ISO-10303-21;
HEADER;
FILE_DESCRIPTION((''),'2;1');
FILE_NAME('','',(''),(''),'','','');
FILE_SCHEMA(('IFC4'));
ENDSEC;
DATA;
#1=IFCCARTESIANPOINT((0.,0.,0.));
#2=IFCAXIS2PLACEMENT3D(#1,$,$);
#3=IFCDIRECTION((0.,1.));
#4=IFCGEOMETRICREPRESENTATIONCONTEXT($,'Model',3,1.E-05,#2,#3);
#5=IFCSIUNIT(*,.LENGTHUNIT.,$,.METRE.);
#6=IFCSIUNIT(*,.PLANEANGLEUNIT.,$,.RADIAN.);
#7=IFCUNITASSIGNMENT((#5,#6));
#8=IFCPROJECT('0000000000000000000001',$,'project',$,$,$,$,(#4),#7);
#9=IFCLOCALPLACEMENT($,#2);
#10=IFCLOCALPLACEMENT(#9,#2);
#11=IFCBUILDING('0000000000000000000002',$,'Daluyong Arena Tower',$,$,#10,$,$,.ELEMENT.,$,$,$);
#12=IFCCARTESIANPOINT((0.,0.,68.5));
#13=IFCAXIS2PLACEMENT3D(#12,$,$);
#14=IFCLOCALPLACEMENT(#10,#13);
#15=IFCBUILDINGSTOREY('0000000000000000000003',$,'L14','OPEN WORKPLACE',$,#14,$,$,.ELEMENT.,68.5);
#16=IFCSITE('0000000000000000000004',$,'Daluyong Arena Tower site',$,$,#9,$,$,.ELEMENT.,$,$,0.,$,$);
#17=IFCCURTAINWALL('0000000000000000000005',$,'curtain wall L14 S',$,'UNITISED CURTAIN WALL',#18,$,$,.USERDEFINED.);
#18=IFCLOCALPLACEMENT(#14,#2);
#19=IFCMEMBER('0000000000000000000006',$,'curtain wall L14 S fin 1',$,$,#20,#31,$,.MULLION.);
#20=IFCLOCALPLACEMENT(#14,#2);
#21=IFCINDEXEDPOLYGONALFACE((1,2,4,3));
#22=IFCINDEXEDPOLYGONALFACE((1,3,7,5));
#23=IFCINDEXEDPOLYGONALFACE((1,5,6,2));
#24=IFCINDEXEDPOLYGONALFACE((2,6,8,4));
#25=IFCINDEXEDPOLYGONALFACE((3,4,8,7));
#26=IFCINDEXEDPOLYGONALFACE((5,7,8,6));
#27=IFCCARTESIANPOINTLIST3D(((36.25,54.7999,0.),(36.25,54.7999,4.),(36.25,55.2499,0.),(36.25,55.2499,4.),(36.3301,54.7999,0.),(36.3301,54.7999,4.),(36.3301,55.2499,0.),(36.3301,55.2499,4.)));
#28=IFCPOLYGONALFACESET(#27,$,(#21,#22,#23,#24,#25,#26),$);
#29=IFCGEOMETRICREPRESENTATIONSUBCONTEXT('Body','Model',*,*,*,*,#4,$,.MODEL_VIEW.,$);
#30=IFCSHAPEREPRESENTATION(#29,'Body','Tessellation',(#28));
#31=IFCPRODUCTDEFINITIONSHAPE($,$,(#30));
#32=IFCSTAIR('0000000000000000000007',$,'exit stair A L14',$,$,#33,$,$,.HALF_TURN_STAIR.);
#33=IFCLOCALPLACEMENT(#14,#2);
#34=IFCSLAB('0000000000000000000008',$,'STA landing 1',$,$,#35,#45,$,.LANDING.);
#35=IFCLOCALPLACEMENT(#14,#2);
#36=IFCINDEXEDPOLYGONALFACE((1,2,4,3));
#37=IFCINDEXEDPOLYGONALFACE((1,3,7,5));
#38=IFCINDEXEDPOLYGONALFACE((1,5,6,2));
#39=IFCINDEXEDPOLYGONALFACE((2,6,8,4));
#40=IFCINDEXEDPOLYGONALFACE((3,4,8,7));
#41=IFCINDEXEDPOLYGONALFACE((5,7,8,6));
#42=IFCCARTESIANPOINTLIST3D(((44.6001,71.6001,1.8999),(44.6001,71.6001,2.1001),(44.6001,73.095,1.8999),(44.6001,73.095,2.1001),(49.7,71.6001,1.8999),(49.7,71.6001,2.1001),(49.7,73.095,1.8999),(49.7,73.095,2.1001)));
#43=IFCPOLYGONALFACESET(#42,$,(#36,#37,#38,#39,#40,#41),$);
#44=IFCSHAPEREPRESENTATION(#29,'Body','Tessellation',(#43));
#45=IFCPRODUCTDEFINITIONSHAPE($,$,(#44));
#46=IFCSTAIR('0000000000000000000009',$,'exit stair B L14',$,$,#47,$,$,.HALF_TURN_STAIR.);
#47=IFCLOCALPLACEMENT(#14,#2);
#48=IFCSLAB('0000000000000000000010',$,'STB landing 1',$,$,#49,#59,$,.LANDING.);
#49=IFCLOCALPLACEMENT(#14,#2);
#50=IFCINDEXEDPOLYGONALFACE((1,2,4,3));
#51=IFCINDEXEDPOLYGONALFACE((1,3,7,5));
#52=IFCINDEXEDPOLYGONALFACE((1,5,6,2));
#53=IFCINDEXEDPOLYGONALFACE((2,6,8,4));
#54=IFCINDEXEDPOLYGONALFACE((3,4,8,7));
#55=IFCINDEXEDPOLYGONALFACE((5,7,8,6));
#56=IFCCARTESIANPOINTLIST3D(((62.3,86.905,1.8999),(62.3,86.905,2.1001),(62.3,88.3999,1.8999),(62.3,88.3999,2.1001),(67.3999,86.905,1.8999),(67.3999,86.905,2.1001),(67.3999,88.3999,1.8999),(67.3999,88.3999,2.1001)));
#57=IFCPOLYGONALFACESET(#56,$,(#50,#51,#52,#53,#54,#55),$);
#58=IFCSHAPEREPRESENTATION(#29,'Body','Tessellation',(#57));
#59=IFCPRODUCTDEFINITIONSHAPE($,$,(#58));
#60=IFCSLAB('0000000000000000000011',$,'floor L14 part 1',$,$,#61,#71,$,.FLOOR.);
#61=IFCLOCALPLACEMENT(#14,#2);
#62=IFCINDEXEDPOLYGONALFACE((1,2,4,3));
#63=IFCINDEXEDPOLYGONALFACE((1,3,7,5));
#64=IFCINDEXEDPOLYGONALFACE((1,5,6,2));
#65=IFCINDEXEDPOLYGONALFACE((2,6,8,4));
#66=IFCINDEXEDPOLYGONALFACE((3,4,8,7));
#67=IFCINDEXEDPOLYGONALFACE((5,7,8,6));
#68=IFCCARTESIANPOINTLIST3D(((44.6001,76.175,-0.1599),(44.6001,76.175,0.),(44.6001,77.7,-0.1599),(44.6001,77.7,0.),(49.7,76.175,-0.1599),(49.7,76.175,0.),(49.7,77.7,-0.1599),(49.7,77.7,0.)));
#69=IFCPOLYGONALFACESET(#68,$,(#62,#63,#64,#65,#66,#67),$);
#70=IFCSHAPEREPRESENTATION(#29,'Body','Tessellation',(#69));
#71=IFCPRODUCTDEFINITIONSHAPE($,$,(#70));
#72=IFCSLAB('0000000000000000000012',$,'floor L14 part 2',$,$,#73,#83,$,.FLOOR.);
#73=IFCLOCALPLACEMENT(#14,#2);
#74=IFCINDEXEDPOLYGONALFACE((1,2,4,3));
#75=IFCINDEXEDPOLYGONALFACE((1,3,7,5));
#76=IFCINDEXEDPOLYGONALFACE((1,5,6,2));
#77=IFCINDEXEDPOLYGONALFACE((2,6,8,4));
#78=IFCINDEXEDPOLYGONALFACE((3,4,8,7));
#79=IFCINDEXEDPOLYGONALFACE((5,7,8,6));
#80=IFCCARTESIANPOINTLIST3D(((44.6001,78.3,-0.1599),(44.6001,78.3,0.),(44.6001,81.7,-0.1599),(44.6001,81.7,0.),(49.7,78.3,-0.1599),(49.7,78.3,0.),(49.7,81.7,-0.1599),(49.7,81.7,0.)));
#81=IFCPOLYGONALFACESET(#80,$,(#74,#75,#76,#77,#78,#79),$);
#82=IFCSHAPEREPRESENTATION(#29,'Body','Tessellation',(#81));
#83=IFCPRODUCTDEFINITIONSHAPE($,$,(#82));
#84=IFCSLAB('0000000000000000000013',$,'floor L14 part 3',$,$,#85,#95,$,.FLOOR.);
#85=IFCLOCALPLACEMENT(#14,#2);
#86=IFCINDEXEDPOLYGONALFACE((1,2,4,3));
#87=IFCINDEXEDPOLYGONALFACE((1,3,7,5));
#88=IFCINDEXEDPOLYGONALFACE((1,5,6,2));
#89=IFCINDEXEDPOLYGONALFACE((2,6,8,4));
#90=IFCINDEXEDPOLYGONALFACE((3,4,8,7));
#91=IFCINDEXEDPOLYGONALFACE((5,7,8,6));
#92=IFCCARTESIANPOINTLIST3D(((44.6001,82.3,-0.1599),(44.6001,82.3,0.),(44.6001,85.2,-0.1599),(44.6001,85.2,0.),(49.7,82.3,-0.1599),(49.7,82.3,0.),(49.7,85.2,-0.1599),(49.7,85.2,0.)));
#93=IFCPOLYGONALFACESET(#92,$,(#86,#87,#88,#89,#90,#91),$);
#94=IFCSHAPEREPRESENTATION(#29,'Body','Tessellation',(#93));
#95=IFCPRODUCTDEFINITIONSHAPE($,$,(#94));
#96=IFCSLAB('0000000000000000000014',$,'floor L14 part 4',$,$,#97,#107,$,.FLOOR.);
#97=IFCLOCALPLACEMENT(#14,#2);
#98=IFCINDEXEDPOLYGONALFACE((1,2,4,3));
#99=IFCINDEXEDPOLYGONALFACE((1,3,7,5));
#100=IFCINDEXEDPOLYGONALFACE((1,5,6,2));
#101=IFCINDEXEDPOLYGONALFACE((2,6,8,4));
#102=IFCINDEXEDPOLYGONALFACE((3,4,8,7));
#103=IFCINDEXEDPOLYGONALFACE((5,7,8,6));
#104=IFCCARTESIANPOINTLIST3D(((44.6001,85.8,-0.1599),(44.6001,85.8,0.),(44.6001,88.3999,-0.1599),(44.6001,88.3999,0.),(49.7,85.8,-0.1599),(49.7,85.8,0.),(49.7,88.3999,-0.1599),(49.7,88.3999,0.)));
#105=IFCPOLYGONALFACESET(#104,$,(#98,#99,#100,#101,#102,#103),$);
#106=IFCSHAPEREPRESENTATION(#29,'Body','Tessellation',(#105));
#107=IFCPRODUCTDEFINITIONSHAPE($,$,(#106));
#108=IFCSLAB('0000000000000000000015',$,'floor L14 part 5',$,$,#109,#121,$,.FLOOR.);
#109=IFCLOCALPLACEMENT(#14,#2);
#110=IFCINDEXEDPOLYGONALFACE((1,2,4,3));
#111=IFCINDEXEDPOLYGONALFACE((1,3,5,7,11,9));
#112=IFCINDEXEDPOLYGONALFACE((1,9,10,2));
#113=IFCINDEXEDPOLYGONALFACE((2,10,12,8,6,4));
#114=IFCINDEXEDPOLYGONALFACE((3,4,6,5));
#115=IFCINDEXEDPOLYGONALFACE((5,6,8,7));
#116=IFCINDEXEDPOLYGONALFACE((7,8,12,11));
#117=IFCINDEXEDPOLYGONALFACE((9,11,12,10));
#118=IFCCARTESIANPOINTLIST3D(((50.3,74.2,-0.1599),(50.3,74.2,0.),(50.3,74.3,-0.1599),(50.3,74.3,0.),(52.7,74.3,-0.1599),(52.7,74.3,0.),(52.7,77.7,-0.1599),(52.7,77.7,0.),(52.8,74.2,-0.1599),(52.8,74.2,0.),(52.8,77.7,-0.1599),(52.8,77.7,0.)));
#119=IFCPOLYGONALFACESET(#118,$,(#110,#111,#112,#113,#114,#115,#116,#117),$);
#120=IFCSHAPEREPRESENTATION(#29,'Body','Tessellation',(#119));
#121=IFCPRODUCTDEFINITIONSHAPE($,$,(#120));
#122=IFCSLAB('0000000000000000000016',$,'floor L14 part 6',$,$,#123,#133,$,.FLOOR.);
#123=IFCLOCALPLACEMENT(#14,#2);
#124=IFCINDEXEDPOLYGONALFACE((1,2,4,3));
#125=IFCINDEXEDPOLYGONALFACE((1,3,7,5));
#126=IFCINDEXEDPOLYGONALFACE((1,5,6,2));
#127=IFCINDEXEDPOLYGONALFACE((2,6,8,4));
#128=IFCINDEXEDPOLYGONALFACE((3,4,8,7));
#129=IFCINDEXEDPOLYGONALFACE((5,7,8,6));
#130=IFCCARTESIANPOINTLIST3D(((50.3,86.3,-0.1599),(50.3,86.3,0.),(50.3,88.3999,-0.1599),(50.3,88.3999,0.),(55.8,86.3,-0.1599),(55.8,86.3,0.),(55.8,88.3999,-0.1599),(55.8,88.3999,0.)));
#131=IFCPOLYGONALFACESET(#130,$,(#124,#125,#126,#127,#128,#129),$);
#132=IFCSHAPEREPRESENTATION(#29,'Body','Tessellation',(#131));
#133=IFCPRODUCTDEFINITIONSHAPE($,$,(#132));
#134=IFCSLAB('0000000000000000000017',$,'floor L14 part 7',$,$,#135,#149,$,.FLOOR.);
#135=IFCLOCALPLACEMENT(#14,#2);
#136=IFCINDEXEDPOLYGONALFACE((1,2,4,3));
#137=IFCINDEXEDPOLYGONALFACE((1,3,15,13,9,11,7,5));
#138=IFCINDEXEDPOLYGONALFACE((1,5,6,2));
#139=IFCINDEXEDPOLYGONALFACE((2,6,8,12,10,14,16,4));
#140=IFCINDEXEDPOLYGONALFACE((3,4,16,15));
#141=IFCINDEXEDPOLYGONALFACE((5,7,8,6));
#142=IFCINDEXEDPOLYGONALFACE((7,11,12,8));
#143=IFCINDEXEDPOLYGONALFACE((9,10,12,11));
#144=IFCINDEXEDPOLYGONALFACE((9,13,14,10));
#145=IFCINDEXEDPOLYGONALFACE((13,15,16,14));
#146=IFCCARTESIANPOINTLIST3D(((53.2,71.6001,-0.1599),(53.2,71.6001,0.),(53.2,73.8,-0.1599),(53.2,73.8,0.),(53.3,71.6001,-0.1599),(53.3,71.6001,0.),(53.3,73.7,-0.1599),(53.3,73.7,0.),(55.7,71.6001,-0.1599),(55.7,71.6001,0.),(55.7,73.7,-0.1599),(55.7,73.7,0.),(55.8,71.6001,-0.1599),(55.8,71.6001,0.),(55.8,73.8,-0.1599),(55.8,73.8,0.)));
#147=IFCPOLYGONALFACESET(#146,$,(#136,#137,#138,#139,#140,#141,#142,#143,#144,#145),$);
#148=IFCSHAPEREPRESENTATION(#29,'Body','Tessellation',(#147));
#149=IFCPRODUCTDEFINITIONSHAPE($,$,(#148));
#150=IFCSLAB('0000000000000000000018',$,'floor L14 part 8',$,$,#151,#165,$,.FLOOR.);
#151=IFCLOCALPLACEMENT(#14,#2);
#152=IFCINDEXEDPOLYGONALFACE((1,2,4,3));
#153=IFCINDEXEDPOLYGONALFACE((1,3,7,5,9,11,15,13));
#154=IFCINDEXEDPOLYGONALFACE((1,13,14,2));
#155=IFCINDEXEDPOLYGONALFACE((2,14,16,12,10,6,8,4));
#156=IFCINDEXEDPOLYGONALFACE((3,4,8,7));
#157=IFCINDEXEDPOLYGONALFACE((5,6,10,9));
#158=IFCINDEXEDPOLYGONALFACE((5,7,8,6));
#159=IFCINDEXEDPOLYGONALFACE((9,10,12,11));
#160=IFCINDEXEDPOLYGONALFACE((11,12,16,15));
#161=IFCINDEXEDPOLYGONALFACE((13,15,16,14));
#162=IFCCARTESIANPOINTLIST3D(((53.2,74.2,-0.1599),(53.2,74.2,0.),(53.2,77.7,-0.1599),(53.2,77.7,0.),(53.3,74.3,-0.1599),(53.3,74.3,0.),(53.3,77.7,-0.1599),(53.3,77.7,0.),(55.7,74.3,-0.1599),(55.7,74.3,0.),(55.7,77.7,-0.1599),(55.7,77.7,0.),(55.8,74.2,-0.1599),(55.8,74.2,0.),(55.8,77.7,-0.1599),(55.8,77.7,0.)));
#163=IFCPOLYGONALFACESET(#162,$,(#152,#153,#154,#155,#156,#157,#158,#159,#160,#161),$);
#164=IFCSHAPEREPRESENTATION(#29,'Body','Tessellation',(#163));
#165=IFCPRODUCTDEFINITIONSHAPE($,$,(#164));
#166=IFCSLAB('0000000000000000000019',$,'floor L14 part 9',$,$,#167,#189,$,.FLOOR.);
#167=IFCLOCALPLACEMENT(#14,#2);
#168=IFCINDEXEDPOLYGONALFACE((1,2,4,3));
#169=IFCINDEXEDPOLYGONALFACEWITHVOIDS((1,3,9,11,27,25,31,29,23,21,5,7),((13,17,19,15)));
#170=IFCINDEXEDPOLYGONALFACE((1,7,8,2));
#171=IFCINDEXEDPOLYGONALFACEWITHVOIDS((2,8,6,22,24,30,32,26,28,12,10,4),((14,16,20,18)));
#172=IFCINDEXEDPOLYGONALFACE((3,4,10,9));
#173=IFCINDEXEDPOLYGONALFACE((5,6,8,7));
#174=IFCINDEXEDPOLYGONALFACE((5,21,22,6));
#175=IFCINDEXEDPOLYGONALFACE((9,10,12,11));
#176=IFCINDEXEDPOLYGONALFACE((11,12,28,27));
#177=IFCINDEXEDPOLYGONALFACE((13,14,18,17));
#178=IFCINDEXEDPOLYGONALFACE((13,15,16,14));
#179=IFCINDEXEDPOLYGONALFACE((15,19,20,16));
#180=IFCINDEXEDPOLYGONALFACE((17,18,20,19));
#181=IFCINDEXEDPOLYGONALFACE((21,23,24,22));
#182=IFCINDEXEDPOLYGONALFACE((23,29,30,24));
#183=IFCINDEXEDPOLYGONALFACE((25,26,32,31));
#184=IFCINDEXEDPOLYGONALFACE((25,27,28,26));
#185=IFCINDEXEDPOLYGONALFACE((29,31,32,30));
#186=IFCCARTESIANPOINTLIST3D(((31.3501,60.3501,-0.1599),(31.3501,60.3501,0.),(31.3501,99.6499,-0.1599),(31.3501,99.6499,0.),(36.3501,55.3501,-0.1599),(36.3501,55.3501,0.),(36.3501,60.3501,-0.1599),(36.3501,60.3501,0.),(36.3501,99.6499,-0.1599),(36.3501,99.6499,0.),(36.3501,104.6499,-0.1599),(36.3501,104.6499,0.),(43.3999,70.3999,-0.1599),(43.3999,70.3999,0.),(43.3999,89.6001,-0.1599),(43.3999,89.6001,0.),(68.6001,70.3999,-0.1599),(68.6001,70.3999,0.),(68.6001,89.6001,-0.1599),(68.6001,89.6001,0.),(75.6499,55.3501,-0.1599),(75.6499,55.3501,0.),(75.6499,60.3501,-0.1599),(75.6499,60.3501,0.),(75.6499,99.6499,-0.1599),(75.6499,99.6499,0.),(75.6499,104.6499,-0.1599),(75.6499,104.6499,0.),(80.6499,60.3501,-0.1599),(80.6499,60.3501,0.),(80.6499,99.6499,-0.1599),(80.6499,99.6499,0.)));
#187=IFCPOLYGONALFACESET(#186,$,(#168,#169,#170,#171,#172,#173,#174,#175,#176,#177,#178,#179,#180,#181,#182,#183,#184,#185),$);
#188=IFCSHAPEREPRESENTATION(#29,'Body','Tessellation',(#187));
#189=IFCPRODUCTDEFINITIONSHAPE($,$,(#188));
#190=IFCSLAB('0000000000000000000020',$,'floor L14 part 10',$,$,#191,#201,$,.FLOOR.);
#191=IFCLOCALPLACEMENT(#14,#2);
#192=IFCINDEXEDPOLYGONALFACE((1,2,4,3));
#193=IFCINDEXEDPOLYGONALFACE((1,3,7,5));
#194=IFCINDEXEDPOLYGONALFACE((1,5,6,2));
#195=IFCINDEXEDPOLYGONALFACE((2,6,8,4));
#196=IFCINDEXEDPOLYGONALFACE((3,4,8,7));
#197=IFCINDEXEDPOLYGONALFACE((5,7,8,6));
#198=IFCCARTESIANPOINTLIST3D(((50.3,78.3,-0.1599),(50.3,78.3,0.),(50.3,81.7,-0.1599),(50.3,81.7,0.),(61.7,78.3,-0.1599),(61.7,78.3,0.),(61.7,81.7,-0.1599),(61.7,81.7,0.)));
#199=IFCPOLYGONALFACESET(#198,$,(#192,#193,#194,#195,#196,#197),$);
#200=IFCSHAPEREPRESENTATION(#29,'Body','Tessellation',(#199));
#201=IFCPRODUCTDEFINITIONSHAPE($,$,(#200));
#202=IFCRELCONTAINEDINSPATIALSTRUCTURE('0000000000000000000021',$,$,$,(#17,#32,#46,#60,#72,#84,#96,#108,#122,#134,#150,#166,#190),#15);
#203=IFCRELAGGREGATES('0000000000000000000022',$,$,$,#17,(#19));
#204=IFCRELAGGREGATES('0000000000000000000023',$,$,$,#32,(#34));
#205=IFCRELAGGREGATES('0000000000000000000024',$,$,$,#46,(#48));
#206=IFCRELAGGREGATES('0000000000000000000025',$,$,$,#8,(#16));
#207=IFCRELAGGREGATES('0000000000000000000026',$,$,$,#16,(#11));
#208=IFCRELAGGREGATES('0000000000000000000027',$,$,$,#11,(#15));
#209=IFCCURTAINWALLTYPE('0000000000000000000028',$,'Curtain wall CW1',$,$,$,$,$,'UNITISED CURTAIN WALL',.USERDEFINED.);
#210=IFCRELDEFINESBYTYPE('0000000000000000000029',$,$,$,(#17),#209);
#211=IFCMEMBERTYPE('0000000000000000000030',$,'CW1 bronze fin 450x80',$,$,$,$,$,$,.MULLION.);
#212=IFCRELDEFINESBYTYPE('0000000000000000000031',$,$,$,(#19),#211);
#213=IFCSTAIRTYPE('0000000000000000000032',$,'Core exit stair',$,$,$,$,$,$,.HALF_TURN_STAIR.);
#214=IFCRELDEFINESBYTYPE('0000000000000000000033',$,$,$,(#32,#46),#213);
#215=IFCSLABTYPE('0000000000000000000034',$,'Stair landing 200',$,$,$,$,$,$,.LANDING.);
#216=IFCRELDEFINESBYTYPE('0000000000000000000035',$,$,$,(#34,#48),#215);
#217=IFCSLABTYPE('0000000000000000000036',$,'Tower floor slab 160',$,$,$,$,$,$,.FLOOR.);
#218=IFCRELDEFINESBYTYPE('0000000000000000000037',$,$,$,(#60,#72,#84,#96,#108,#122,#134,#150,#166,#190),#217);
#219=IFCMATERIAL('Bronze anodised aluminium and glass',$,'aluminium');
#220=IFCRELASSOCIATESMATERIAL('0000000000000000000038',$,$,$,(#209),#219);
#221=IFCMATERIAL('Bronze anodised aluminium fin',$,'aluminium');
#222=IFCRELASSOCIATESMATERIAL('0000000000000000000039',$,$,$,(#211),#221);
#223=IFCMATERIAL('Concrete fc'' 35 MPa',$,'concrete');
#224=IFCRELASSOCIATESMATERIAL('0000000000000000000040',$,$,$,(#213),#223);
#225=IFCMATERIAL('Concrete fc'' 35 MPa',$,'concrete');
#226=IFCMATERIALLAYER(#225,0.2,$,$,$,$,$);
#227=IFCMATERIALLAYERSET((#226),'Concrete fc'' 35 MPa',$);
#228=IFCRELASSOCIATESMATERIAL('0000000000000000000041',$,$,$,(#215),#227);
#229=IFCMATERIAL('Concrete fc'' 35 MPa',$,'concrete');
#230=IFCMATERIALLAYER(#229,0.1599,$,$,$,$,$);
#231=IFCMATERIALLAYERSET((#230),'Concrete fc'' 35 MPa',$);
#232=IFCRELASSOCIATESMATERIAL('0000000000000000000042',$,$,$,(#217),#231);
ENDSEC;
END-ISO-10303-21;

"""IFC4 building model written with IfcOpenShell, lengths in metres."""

from ifc_helpers import new_model, si_unit, direction, frame, origin, origin_2d, place, context, subcontext, project, spatial, polyline, rectangle, outline, extrude, material, layer, layer_set, material_profile, profile_set, type_object, element, aggregate, save


model = new_model("IFC4")

# Units and contexts
model_context = context("Model", 3, precision=1e-05, world=origin(), true_north=direction((0.0, 1.0)))
body_context = subcontext(model_context, "Body", "Model", "MODEL_VIEW")
ifc_project = project(units=[si_unit("LENGTHUNIT", "METRE"), si_unit("PLANEANGLEUNIT", "RADIAN")], contexts=[model_context])

# Site, building, storey
site_placement = place(None, origin())
site = spatial("IfcSite", under=ifc_project, at=site_placement, Name="Daluyong Arena Tower site", CompositionType="ELEMENT", RefElevation=0.0)
building_placement = place(site_placement, origin())
building = spatial("IfcBuilding", under=site, at=building_placement, Name="Daluyong Arena Tower", CompositionType="ELEMENT")
storey_placement = place(building_placement, frame((0.0, 0.0, 68.5)))
storey = spatial("IfcBuildingStorey", under=building, at=storey_placement, Name="L14", Description="OPEN WORKPLACE", CompositionType="ELEMENT", Elevation=68.5)

# Curtain wall, member
ifc_material_1 = material(Name="Bronze anodised aluminium and glass", Category="aluminium")
curtain_wall_type = type_object("IfcCurtainWallType", Name="Curtain wall CW1", ElementType="UNITISED CURTAIN WALL", PredefinedType="USERDEFINED", material=ifc_material_1)
curtain_wall_placement = place(storey_placement, origin())
curtain_wall = element("IfcCurtainWall", 1, at=curtain_wall_placement, inside=storey, type_object=curtain_wall_type, Name="curtain wall L14 S", ObjectType="UNITISED CURTAIN WALL", PredefinedType="USERDEFINED")
ifc_material_2 = material(Name="Bronze anodised aluminium fin", Category="aluminium")
ifc_material_profile = material_profile(ifc_material_2, rectangle(XDim=0.45, YDim=0.0801, at=origin_2d()))
ifc_profile_set = profile_set([ifc_material_profile], Name="Bronze anodised aluminium fin")
member_type = type_object("IfcMemberType", Name="CW1 bronze fin 450x80", PredefinedType="MULLION", material=ifc_profile_set)
member_placement = place(storey_placement, frame((36.29, 55.0249, 0.0), z_axis=(0.0, 0.0, 1.0), x_axis=(0.0, 1.0, 0.0)))
member = element("IfcMember", 2, at=member_placement, type_object=member_type, Name="curtain wall L14 S fin 1", PredefinedType="MULLION", context=body_context, shape_type="SweptSolid", body=[
    extrude(rectangle(XDim=0.45, YDim=0.0801, at=origin_2d()), origin(), (0.0, 0.0, 1.0), 4.0),
])
aggregate(curtain_wall, [member])

# Stairs, slabs
ifc_material_3 = material(Name="Concrete fc' 35 MPa", Category="concrete")
stair_type = type_object("IfcStairType", Name="Core exit stair", PredefinedType="HALF_TURN_STAIR", material=ifc_material_3)
stair_1_placement = place(storey_placement, origin())
stair_1 = element("IfcStair", 3, at=stair_1_placement, inside=storey, type_object=stair_type, Name="exit stair A L14", PredefinedType="HALF_TURN_STAIR")
ifc_material_4 = material(Name="Concrete fc' 35 MPa", Category="concrete")
ifc_layer_1 = layer(ifc_material_4, 0.2)
ifc_layer_set_1 = layer_set([ifc_layer_1], Name="Concrete fc' 35 MPa")
slab_type_1 = type_object("IfcSlabType", Name="Stair landing 200", PredefinedType="LANDING", material=ifc_layer_set_1)
slab_1_placement = place(storey_placement, frame((0.0, 0.0, 1.8999)))
slab_1 = element("IfcSlab", 4, at=slab_1_placement, type_object=slab_type_1, Name="STA landing 1", PredefinedType="LANDING", context=body_context, shape_type="SweptSolid", body=[
    extrude(outline(polyline([(44.6001, 71.6001), (49.7, 71.6001), (49.7, 73.095), (44.6001, 73.095), (44.6001, 71.6001)])), origin(), (0.0, 0.0, 1.0), 0.2002),
])
aggregate(stair_1, [slab_1])
stair_2_placement = place(storey_placement, origin())
stair_2 = element("IfcStair", 5, at=stair_2_placement, inside=storey, type_object=stair_type, Name="exit stair B L14", PredefinedType="HALF_TURN_STAIR")
slab_2_placement = place(storey_placement, frame((0.0, 0.0, 1.8999)))
slab_2 = element("IfcSlab", 6, at=slab_2_placement, type_object=slab_type_1, Name="STB landing 1", PredefinedType="LANDING", context=body_context, shape_type="SweptSolid", body=[
    extrude(outline(polyline([(62.3, 86.905), (67.3999, 86.905), (67.3999, 88.3999), (62.3, 88.3999), (62.3, 86.905)])), origin(), (0.0, 0.0, 1.0), 0.2002),
])
aggregate(stair_2, [slab_2])

# Slabs
ifc_material_5 = material(Name="Concrete fc' 35 MPa", Category="concrete")
ifc_layer_2 = layer(ifc_material_5, 0.1599)
ifc_layer_set_2 = layer_set([ifc_layer_2], Name="Concrete fc' 35 MPa")
slab_type_2 = type_object("IfcSlabType", Name="Tower floor slab 160", PredefinedType="FLOOR", material=ifc_layer_set_2)
slab_3_placement = place(storey_placement, frame((0.0, 0.0, -0.1599)))
element("IfcSlab", 7, at=slab_3_placement, inside=storey, type_object=slab_type_2, Name="floor L14 part 1", PredefinedType="FLOOR", context=body_context, shape_type="SweptSolid", body=[
    extrude(outline(polyline([(49.7, 76.175), (49.7, 77.7), (44.6001, 77.7), (44.6001, 76.175), (49.7, 76.175)])), origin(), (0.0, 0.0, 1.0), 0.1599),
])
slab_4_placement = place(storey_placement, frame((0.0, 0.0, -0.1599)))
element("IfcSlab", 8, at=slab_4_placement, inside=storey, type_object=slab_type_2, Name="floor L14 part 2", PredefinedType="FLOOR", context=body_context, shape_type="SweptSolid", body=[
    extrude(outline(polyline([(49.7, 78.3), (49.7, 81.7), (44.6001, 81.7), (44.6001, 78.3), (49.7, 78.3)])), origin(), (0.0, 0.0, 1.0), 0.1599),
])
slab_5_placement = place(storey_placement, frame((0.0, 0.0, -0.1599)))
element("IfcSlab", 9, at=slab_5_placement, inside=storey, type_object=slab_type_2, Name="floor L14 part 3", PredefinedType="FLOOR", context=body_context, shape_type="SweptSolid", body=[
    extrude(outline(polyline([(49.7, 82.3), (49.7, 85.2), (44.6001, 85.2), (44.6001, 82.3), (49.7, 82.3)])), origin(), (0.0, 0.0, 1.0), 0.1599),
])
slab_6_placement = place(storey_placement, frame((0.0, 0.0, -0.1599)))
element("IfcSlab", 10, at=slab_6_placement, inside=storey, type_object=slab_type_2, Name="floor L14 part 4", PredefinedType="FLOOR", context=body_context, shape_type="SweptSolid", body=[
    extrude(outline(polyline([(44.6001, 88.3999), (44.6001, 85.8), (49.7, 85.8), (49.7, 88.3999), (44.6001, 88.3999)])), origin(), (0.0, 0.0, 1.0), 0.1599),
])
slab_7_placement = place(storey_placement, frame((0.0, 0.0, -0.1599)))
element("IfcSlab", 11, at=slab_7_placement, inside=storey, type_object=slab_type_2, Name="floor L14 part 5", PredefinedType="FLOOR", context=body_context, shape_type="SweptSolid", body=[
    extrude(outline(polyline([(50.3, 74.3), (50.3, 74.2), (52.8, 74.2), (52.8, 77.7), (52.7, 77.7), (52.7, 74.3), (50.3, 74.3)])), origin(), (0.0, 0.0, 1.0), 0.1599),
])
slab_8_placement = place(storey_placement, frame((0.0, 0.0, -0.1599)))
element("IfcSlab", 12, at=slab_8_placement, inside=storey, type_object=slab_type_2, Name="floor L14 part 6", PredefinedType="FLOOR", context=body_context, shape_type="SweptSolid", body=[
    extrude(outline(polyline([(50.3, 88.3999), (50.3, 86.3), (55.8, 86.3), (55.8, 88.3999), (50.3, 88.3999)])), origin(), (0.0, 0.0, 1.0), 0.1599),
])
slab_9_placement = place(storey_placement, frame((0.0, 0.0, -0.1599)))
element("IfcSlab", 13, at=slab_9_placement, inside=storey, type_object=slab_type_2, Name="floor L14 part 7", PredefinedType="FLOOR", context=body_context, shape_type="SweptSolid", body=[
    extrude(outline(polyline([(55.7, 73.7), (55.7, 71.6001), (55.8, 71.6001), (55.8, 73.8), (53.2, 73.8), (53.2, 71.6001), (53.3, 71.6001), (53.3, 73.7), (55.7, 73.7)])), origin(), (0.0, 0.0, 1.0), 0.1599),
])
slab_10_placement = place(storey_placement, frame((0.0, 0.0, -0.1599)))
element("IfcSlab", 14, at=slab_10_placement, inside=storey, type_object=slab_type_2, Name="floor L14 part 8", PredefinedType="FLOOR", context=body_context, shape_type="SweptSolid", body=[
    extrude(outline(polyline([(53.2, 77.7), (53.2, 74.2), (55.8, 74.2), (55.8, 77.7), (55.7, 77.7), (55.7, 74.3), (53.3, 74.3), (53.3, 77.7), (53.2, 77.7)])), origin(), (0.0, 0.0, 1.0), 0.1599),
])
slab_11_placement = place(storey_placement, frame((0.0, 0.0, -0.1599)))
element("IfcSlab", 15, at=slab_11_placement, inside=storey, type_object=slab_type_2, Name="floor L14 part 9", PredefinedType="FLOOR", context=body_context, shape_type="SweptSolid", body=[
    extrude(outline(polyline([(36.3501, 60.3501), (36.3501, 55.3501), (75.6499, 55.3501), (75.6499, 60.3501), (80.6499, 60.3501), (80.6499, 99.6499), (75.6499, 99.6499), (75.6499, 104.6499), (36.3501, 104.6499), (36.3501, 99.6499), (31.3501, 99.6499), (31.3501, 60.3501), (36.3501, 60.3501)]), holes=[polyline([(68.6001, 89.6001), (68.6001, 70.3999), (43.3999, 70.3999), (43.3999, 89.6001), (68.6001, 89.6001)])]), origin(), (0.0, 0.0, 1.0), 0.1599),
])
slab_12_placement = place(storey_placement, frame((0.0, 0.0, -0.1599)))
element("IfcSlab", 16, at=slab_12_placement, inside=storey, type_object=slab_type_2, Name="floor L14 part 10", PredefinedType="FLOOR", context=body_context, shape_type="SweptSolid", body=[
    extrude(outline(polyline([(61.7, 81.7), (50.3, 81.7), (50.3, 78.3), (61.7, 78.3), (61.7, 81.7)])), origin(), (0.0, 0.0, 1.0), 0.1599),
])

save(model, "model.ifc")
